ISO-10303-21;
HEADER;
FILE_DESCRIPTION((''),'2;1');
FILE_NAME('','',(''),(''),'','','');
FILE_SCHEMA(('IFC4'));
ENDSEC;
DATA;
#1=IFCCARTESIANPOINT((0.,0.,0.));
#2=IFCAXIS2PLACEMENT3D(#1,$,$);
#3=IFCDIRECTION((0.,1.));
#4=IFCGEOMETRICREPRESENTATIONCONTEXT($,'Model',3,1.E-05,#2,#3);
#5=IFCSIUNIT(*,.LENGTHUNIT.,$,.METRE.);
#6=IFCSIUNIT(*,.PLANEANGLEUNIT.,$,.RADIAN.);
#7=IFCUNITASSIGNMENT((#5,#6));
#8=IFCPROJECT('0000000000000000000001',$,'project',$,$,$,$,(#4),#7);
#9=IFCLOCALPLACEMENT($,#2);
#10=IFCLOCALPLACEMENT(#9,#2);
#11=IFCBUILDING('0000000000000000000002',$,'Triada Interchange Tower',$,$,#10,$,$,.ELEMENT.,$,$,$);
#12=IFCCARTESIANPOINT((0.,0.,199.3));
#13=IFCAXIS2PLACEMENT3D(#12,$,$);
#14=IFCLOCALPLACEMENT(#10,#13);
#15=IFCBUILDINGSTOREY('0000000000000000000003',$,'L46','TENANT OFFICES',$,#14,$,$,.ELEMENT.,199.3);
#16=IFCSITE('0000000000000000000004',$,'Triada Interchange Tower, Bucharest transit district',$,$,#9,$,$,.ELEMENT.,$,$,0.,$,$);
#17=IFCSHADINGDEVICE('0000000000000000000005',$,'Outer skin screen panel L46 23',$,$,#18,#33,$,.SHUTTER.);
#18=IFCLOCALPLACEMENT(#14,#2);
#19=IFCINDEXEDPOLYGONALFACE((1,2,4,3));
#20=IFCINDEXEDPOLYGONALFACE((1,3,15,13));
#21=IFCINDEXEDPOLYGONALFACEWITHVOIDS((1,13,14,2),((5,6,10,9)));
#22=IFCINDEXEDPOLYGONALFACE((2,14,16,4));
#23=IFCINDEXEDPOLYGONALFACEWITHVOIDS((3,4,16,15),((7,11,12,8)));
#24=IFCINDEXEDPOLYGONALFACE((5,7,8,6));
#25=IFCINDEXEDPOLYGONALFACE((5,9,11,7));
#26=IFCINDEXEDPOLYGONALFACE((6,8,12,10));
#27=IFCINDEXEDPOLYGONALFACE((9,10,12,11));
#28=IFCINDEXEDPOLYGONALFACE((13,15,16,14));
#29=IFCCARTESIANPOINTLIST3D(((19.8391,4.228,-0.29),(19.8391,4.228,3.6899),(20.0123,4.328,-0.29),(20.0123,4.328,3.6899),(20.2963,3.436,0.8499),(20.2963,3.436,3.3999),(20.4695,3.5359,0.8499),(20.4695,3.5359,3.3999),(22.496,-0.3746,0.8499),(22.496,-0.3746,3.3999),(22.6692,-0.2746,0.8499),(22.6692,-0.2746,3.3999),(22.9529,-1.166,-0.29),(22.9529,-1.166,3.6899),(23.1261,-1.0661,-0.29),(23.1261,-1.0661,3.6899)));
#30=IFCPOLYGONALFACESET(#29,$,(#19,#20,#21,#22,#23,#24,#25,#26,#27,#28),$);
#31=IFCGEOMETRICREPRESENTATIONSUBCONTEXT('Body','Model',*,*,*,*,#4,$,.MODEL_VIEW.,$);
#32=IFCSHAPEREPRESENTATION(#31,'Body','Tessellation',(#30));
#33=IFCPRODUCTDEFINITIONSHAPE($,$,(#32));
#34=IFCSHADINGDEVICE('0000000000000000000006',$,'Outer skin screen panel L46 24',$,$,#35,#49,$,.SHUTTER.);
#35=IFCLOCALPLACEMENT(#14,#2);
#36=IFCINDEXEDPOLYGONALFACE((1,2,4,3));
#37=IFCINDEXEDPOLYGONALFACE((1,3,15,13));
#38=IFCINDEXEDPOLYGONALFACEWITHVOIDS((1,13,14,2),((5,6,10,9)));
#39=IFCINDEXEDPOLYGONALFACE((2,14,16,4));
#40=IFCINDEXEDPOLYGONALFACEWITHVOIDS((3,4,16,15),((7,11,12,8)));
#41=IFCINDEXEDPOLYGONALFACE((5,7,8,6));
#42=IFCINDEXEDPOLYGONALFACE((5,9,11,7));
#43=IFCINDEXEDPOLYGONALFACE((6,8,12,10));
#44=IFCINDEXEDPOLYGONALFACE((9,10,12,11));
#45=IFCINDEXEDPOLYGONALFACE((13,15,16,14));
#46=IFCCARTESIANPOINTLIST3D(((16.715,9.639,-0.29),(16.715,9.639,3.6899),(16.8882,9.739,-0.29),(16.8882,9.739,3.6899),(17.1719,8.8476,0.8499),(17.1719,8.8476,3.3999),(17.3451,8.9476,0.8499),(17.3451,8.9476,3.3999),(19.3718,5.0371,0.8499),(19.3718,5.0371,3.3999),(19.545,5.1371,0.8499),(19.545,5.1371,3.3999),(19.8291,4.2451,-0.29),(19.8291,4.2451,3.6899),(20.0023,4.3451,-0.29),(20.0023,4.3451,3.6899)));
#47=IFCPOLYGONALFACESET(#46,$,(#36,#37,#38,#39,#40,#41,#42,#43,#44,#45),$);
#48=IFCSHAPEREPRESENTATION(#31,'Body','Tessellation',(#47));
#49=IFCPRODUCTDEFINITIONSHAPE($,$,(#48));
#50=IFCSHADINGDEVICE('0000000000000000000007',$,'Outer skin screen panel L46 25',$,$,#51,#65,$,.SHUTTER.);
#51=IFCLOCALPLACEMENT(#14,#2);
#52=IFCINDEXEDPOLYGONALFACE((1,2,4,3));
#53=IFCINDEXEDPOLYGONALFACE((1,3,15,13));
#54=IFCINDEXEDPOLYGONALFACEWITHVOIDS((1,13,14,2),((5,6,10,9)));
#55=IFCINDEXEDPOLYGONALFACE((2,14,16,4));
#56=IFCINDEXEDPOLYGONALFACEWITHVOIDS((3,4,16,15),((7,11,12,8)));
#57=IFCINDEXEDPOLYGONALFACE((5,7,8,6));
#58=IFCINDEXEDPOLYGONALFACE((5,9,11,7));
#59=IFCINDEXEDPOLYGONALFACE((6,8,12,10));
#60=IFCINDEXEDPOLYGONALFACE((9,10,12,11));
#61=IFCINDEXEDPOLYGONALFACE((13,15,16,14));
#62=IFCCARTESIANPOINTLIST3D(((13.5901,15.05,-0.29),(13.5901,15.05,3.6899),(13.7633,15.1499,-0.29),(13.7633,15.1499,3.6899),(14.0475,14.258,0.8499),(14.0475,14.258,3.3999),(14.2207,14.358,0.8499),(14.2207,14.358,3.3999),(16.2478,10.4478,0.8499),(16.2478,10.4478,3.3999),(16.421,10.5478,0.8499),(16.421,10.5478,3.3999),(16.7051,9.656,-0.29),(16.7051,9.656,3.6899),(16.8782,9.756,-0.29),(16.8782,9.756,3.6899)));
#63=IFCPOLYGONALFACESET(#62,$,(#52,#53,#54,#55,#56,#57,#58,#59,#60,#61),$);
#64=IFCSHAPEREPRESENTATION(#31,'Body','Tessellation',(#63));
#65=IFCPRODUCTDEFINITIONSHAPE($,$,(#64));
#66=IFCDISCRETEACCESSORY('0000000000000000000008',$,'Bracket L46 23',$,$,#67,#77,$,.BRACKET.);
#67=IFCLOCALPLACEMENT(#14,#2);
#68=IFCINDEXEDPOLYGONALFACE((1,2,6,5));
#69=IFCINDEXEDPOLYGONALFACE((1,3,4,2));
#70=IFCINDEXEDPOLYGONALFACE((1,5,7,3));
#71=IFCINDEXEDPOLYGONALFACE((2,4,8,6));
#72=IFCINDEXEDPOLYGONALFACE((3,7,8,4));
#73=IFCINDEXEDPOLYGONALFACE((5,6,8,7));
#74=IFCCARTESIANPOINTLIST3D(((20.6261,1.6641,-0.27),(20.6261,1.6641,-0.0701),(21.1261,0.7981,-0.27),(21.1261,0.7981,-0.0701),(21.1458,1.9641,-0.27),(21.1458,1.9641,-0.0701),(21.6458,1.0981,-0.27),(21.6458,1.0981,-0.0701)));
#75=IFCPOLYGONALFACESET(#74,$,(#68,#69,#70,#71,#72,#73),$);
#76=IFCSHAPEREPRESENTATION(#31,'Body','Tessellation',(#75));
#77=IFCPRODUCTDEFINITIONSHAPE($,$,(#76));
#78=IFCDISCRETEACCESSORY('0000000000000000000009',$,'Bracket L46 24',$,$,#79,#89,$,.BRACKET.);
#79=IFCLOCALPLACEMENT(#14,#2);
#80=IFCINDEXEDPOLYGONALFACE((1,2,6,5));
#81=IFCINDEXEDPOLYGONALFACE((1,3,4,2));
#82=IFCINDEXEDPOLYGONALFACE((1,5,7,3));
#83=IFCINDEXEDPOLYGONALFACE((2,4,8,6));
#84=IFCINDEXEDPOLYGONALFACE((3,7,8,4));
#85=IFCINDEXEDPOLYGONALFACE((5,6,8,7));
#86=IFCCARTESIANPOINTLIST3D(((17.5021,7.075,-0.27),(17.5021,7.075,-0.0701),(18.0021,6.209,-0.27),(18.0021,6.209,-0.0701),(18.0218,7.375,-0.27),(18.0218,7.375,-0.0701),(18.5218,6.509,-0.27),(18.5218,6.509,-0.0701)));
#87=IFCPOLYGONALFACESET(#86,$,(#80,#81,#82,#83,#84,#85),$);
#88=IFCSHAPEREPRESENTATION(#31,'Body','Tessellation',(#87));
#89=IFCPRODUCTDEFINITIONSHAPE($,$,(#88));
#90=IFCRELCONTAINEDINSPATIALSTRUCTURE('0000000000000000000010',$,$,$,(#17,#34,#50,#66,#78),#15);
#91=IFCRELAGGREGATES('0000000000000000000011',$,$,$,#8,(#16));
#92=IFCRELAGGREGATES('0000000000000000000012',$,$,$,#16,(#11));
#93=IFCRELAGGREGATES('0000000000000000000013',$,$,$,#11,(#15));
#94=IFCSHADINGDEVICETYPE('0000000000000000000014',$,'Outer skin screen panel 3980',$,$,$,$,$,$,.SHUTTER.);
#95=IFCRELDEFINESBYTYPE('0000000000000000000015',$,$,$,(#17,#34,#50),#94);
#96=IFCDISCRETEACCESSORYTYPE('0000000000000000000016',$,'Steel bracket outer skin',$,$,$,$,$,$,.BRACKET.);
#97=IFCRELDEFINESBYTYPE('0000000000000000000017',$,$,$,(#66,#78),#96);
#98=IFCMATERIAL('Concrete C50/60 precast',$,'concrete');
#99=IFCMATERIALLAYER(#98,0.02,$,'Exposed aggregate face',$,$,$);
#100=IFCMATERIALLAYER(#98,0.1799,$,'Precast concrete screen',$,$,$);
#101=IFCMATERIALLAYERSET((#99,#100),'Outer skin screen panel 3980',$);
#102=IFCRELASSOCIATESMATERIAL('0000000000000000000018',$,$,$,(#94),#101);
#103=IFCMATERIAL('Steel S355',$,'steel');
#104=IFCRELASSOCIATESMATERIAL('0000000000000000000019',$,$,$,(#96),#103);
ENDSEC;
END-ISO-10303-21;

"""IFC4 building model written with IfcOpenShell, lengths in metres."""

from ifc_helpers import new_model, si_unit, direction, frame, origin, origin_2d, place, context, subcontext, project, spatial, polyline, rectangle, outline, extrude, material, layer, layer_set, type_object, element, save


model = new_model("IFC4")

# Units and contexts
model_context = context("Model", 3, precision=1e-05, world=origin(), true_north=direction((0.0, 1.0)))
body_context = subcontext(model_context, "Body", "Model", "MODEL_VIEW")
ifc_project = project(units=[si_unit("LENGTHUNIT", "METRE"), si_unit("PLANEANGLEUNIT", "RADIAN")], contexts=[model_context])

# Site, building, storey
site_placement = place(None, origin())
site = spatial("IfcSite", under=ifc_project, at=site_placement, Name="Triada Interchange Tower, Bucharest transit district", CompositionType="ELEMENT", RefElevation=0.0)
building_placement = place(site_placement, origin())
building = spatial("IfcBuilding", under=site, at=building_placement, Name="Triada Interchange Tower", CompositionType="ELEMENT")
storey_placement = place(building_placement, frame((0.0, 0.0, 199.3)))
storey = spatial("IfcBuildingStorey", under=building, at=storey_placement, Name="L46", Description="TENANT OFFICES", CompositionType="ELEMENT", Elevation=199.3)

# Shading devices
ifc_material_1 = material(Name="Concrete C50/60 precast", Category="concrete")
ifc_layer_1 = layer(ifc_material_1, 0.02, Name="Exposed aggregate face")
ifc_layer_2 = layer(ifc_material_1, 0.1799, Name="Precast concrete screen")
ifc_layer_set_1 = layer_set([ifc_layer_1, ifc_layer_2], Name="Outer skin screen panel 3980")
shading_device_type = type_object("IfcShadingDeviceType", Name="Outer skin screen panel 3980", PredefinedType="SHUTTER", material=ifc_layer_set_1)
shading_device_1_placement = place(storey_placement, frame((22.9529, -1.166, -0.29), z_axis=(0.0, 0.0, 1.0), x_axis=(-0.499942, 0.866059, 0.0)))
element("IfcShadingDevice", 1, at=shading_device_1_placement, inside=storey, type_object=shading_device_type, Name="Outer skin screen panel L46 23", PredefinedType="SHUTTER", context=body_context, shape_type="SweptSolid", body=[
    extrude(outline(polyline([(0.0, 0.0), (6.2283, 0.0), (6.2283, 3.98), (0.0, 3.98), (0.0, 0.0)]), holes=[polyline([(0.9138, 1.1399), (0.9138, 3.6899), (5.3137, 3.6899), (5.3137, 1.1399), (0.9138, 1.1399)])]), frame((0.0, 0.0, 0.0), z_axis=(0.0, -1.0, 0.0), x_axis=(1.0, 0.0, 0.0)), (0.0, 0.0, 1.0), 0.2),
])
shading_device_2_placement = place(storey_placement, frame((19.8291, 4.2451, -0.29), z_axis=(0.0, 0.0, 1.0), x_axis=(-0.499988, 0.866032, 0.0)))
element("IfcShadingDevice", 2, at=shading_device_2_placement, inside=storey, type_object=shading_device_type, Name="Outer skin screen panel L46 24", PredefinedType="SHUTTER", context=body_context, shape_type="SweptSolid", body=[
    extrude(outline(polyline([(0.0, 0.0), (6.2283, 0.0), (6.2283, 3.98), (0.0, 3.98), (0.0, 0.0)]), holes=[polyline([(0.9146, 1.1399), (0.9146, 3.6899), (5.3145, 3.6899), (5.3145, 1.1399), (0.9146, 1.1399)])]), frame((0.0, 0.0, 0.0), z_axis=(0.0, -1.0, 0.0), x_axis=(1.0, 0.0, 0.0)), (0.0, 0.0, 1.0), 0.2),
])
shading_device_3_placement = place(storey_placement, frame((16.7051, 9.656, -0.29), z_axis=(0.0, 0.0, 1.0), x_axis=(-0.500089, 0.865974, 0.0)))
element("IfcShadingDevice", 3, at=shading_device_3_placement, inside=storey, type_object=shading_device_type, Name="Outer skin screen panel L46 25", PredefinedType="SHUTTER", context=body_context, shape_type="SweptSolid", body=[
    extrude(outline(polyline([(0.0, 0.0), (6.2288, 0.0), (6.2288, 3.98), (0.0, 3.98), (0.0, 0.0)]), holes=[polyline([(0.9143, 1.1399), (0.9143, 3.6899), (5.3142, 3.6899), (5.3142, 1.1399), (0.9143, 1.1399)])]), frame((0.0, 0.0, 0.0), z_axis=(0.0, -1.0, 0.0), x_axis=(1.0, 0.0, 0.0)), (0.0, 0.0, 1.0), 0.2),
])

# Discrete accessories
ifc_material_2 = material(Name="Steel S355", Category="steel")
discrete_accessory_type = type_object("IfcDiscreteAccessoryType", Name="Steel bracket outer skin", PredefinedType="BRACKET", material=ifc_material_2)
for number, where, z_axis, x_axis, name in (
    (4, (21.136, 1.3811, -0.27), (0.0, 0.0, 1.0), (0.866023, 0.500003, 0.0), "Bracket L46 23"),
    (5, (18.012, 6.792, -0.27), (0.0, 0.0, 1.0), (0.866023, 0.500003, 0.0), "Bracket L46 24"),
):
    element("IfcDiscreteAccessory", number, at=place(storey_placement, frame(where, z_axis=z_axis, x_axis=x_axis)), inside=storey, type_object=discrete_accessory_type, Name=name, PredefinedType="BRACKET", context=body_context, shape_type="SweptSolid", body=[
        extrude(rectangle(XDim=0.6001, YDim=1.0, at=origin_2d()), origin(), (0.0, 0.0, 1.0), 0.2),
    ])

save(model, "model.ifc")
